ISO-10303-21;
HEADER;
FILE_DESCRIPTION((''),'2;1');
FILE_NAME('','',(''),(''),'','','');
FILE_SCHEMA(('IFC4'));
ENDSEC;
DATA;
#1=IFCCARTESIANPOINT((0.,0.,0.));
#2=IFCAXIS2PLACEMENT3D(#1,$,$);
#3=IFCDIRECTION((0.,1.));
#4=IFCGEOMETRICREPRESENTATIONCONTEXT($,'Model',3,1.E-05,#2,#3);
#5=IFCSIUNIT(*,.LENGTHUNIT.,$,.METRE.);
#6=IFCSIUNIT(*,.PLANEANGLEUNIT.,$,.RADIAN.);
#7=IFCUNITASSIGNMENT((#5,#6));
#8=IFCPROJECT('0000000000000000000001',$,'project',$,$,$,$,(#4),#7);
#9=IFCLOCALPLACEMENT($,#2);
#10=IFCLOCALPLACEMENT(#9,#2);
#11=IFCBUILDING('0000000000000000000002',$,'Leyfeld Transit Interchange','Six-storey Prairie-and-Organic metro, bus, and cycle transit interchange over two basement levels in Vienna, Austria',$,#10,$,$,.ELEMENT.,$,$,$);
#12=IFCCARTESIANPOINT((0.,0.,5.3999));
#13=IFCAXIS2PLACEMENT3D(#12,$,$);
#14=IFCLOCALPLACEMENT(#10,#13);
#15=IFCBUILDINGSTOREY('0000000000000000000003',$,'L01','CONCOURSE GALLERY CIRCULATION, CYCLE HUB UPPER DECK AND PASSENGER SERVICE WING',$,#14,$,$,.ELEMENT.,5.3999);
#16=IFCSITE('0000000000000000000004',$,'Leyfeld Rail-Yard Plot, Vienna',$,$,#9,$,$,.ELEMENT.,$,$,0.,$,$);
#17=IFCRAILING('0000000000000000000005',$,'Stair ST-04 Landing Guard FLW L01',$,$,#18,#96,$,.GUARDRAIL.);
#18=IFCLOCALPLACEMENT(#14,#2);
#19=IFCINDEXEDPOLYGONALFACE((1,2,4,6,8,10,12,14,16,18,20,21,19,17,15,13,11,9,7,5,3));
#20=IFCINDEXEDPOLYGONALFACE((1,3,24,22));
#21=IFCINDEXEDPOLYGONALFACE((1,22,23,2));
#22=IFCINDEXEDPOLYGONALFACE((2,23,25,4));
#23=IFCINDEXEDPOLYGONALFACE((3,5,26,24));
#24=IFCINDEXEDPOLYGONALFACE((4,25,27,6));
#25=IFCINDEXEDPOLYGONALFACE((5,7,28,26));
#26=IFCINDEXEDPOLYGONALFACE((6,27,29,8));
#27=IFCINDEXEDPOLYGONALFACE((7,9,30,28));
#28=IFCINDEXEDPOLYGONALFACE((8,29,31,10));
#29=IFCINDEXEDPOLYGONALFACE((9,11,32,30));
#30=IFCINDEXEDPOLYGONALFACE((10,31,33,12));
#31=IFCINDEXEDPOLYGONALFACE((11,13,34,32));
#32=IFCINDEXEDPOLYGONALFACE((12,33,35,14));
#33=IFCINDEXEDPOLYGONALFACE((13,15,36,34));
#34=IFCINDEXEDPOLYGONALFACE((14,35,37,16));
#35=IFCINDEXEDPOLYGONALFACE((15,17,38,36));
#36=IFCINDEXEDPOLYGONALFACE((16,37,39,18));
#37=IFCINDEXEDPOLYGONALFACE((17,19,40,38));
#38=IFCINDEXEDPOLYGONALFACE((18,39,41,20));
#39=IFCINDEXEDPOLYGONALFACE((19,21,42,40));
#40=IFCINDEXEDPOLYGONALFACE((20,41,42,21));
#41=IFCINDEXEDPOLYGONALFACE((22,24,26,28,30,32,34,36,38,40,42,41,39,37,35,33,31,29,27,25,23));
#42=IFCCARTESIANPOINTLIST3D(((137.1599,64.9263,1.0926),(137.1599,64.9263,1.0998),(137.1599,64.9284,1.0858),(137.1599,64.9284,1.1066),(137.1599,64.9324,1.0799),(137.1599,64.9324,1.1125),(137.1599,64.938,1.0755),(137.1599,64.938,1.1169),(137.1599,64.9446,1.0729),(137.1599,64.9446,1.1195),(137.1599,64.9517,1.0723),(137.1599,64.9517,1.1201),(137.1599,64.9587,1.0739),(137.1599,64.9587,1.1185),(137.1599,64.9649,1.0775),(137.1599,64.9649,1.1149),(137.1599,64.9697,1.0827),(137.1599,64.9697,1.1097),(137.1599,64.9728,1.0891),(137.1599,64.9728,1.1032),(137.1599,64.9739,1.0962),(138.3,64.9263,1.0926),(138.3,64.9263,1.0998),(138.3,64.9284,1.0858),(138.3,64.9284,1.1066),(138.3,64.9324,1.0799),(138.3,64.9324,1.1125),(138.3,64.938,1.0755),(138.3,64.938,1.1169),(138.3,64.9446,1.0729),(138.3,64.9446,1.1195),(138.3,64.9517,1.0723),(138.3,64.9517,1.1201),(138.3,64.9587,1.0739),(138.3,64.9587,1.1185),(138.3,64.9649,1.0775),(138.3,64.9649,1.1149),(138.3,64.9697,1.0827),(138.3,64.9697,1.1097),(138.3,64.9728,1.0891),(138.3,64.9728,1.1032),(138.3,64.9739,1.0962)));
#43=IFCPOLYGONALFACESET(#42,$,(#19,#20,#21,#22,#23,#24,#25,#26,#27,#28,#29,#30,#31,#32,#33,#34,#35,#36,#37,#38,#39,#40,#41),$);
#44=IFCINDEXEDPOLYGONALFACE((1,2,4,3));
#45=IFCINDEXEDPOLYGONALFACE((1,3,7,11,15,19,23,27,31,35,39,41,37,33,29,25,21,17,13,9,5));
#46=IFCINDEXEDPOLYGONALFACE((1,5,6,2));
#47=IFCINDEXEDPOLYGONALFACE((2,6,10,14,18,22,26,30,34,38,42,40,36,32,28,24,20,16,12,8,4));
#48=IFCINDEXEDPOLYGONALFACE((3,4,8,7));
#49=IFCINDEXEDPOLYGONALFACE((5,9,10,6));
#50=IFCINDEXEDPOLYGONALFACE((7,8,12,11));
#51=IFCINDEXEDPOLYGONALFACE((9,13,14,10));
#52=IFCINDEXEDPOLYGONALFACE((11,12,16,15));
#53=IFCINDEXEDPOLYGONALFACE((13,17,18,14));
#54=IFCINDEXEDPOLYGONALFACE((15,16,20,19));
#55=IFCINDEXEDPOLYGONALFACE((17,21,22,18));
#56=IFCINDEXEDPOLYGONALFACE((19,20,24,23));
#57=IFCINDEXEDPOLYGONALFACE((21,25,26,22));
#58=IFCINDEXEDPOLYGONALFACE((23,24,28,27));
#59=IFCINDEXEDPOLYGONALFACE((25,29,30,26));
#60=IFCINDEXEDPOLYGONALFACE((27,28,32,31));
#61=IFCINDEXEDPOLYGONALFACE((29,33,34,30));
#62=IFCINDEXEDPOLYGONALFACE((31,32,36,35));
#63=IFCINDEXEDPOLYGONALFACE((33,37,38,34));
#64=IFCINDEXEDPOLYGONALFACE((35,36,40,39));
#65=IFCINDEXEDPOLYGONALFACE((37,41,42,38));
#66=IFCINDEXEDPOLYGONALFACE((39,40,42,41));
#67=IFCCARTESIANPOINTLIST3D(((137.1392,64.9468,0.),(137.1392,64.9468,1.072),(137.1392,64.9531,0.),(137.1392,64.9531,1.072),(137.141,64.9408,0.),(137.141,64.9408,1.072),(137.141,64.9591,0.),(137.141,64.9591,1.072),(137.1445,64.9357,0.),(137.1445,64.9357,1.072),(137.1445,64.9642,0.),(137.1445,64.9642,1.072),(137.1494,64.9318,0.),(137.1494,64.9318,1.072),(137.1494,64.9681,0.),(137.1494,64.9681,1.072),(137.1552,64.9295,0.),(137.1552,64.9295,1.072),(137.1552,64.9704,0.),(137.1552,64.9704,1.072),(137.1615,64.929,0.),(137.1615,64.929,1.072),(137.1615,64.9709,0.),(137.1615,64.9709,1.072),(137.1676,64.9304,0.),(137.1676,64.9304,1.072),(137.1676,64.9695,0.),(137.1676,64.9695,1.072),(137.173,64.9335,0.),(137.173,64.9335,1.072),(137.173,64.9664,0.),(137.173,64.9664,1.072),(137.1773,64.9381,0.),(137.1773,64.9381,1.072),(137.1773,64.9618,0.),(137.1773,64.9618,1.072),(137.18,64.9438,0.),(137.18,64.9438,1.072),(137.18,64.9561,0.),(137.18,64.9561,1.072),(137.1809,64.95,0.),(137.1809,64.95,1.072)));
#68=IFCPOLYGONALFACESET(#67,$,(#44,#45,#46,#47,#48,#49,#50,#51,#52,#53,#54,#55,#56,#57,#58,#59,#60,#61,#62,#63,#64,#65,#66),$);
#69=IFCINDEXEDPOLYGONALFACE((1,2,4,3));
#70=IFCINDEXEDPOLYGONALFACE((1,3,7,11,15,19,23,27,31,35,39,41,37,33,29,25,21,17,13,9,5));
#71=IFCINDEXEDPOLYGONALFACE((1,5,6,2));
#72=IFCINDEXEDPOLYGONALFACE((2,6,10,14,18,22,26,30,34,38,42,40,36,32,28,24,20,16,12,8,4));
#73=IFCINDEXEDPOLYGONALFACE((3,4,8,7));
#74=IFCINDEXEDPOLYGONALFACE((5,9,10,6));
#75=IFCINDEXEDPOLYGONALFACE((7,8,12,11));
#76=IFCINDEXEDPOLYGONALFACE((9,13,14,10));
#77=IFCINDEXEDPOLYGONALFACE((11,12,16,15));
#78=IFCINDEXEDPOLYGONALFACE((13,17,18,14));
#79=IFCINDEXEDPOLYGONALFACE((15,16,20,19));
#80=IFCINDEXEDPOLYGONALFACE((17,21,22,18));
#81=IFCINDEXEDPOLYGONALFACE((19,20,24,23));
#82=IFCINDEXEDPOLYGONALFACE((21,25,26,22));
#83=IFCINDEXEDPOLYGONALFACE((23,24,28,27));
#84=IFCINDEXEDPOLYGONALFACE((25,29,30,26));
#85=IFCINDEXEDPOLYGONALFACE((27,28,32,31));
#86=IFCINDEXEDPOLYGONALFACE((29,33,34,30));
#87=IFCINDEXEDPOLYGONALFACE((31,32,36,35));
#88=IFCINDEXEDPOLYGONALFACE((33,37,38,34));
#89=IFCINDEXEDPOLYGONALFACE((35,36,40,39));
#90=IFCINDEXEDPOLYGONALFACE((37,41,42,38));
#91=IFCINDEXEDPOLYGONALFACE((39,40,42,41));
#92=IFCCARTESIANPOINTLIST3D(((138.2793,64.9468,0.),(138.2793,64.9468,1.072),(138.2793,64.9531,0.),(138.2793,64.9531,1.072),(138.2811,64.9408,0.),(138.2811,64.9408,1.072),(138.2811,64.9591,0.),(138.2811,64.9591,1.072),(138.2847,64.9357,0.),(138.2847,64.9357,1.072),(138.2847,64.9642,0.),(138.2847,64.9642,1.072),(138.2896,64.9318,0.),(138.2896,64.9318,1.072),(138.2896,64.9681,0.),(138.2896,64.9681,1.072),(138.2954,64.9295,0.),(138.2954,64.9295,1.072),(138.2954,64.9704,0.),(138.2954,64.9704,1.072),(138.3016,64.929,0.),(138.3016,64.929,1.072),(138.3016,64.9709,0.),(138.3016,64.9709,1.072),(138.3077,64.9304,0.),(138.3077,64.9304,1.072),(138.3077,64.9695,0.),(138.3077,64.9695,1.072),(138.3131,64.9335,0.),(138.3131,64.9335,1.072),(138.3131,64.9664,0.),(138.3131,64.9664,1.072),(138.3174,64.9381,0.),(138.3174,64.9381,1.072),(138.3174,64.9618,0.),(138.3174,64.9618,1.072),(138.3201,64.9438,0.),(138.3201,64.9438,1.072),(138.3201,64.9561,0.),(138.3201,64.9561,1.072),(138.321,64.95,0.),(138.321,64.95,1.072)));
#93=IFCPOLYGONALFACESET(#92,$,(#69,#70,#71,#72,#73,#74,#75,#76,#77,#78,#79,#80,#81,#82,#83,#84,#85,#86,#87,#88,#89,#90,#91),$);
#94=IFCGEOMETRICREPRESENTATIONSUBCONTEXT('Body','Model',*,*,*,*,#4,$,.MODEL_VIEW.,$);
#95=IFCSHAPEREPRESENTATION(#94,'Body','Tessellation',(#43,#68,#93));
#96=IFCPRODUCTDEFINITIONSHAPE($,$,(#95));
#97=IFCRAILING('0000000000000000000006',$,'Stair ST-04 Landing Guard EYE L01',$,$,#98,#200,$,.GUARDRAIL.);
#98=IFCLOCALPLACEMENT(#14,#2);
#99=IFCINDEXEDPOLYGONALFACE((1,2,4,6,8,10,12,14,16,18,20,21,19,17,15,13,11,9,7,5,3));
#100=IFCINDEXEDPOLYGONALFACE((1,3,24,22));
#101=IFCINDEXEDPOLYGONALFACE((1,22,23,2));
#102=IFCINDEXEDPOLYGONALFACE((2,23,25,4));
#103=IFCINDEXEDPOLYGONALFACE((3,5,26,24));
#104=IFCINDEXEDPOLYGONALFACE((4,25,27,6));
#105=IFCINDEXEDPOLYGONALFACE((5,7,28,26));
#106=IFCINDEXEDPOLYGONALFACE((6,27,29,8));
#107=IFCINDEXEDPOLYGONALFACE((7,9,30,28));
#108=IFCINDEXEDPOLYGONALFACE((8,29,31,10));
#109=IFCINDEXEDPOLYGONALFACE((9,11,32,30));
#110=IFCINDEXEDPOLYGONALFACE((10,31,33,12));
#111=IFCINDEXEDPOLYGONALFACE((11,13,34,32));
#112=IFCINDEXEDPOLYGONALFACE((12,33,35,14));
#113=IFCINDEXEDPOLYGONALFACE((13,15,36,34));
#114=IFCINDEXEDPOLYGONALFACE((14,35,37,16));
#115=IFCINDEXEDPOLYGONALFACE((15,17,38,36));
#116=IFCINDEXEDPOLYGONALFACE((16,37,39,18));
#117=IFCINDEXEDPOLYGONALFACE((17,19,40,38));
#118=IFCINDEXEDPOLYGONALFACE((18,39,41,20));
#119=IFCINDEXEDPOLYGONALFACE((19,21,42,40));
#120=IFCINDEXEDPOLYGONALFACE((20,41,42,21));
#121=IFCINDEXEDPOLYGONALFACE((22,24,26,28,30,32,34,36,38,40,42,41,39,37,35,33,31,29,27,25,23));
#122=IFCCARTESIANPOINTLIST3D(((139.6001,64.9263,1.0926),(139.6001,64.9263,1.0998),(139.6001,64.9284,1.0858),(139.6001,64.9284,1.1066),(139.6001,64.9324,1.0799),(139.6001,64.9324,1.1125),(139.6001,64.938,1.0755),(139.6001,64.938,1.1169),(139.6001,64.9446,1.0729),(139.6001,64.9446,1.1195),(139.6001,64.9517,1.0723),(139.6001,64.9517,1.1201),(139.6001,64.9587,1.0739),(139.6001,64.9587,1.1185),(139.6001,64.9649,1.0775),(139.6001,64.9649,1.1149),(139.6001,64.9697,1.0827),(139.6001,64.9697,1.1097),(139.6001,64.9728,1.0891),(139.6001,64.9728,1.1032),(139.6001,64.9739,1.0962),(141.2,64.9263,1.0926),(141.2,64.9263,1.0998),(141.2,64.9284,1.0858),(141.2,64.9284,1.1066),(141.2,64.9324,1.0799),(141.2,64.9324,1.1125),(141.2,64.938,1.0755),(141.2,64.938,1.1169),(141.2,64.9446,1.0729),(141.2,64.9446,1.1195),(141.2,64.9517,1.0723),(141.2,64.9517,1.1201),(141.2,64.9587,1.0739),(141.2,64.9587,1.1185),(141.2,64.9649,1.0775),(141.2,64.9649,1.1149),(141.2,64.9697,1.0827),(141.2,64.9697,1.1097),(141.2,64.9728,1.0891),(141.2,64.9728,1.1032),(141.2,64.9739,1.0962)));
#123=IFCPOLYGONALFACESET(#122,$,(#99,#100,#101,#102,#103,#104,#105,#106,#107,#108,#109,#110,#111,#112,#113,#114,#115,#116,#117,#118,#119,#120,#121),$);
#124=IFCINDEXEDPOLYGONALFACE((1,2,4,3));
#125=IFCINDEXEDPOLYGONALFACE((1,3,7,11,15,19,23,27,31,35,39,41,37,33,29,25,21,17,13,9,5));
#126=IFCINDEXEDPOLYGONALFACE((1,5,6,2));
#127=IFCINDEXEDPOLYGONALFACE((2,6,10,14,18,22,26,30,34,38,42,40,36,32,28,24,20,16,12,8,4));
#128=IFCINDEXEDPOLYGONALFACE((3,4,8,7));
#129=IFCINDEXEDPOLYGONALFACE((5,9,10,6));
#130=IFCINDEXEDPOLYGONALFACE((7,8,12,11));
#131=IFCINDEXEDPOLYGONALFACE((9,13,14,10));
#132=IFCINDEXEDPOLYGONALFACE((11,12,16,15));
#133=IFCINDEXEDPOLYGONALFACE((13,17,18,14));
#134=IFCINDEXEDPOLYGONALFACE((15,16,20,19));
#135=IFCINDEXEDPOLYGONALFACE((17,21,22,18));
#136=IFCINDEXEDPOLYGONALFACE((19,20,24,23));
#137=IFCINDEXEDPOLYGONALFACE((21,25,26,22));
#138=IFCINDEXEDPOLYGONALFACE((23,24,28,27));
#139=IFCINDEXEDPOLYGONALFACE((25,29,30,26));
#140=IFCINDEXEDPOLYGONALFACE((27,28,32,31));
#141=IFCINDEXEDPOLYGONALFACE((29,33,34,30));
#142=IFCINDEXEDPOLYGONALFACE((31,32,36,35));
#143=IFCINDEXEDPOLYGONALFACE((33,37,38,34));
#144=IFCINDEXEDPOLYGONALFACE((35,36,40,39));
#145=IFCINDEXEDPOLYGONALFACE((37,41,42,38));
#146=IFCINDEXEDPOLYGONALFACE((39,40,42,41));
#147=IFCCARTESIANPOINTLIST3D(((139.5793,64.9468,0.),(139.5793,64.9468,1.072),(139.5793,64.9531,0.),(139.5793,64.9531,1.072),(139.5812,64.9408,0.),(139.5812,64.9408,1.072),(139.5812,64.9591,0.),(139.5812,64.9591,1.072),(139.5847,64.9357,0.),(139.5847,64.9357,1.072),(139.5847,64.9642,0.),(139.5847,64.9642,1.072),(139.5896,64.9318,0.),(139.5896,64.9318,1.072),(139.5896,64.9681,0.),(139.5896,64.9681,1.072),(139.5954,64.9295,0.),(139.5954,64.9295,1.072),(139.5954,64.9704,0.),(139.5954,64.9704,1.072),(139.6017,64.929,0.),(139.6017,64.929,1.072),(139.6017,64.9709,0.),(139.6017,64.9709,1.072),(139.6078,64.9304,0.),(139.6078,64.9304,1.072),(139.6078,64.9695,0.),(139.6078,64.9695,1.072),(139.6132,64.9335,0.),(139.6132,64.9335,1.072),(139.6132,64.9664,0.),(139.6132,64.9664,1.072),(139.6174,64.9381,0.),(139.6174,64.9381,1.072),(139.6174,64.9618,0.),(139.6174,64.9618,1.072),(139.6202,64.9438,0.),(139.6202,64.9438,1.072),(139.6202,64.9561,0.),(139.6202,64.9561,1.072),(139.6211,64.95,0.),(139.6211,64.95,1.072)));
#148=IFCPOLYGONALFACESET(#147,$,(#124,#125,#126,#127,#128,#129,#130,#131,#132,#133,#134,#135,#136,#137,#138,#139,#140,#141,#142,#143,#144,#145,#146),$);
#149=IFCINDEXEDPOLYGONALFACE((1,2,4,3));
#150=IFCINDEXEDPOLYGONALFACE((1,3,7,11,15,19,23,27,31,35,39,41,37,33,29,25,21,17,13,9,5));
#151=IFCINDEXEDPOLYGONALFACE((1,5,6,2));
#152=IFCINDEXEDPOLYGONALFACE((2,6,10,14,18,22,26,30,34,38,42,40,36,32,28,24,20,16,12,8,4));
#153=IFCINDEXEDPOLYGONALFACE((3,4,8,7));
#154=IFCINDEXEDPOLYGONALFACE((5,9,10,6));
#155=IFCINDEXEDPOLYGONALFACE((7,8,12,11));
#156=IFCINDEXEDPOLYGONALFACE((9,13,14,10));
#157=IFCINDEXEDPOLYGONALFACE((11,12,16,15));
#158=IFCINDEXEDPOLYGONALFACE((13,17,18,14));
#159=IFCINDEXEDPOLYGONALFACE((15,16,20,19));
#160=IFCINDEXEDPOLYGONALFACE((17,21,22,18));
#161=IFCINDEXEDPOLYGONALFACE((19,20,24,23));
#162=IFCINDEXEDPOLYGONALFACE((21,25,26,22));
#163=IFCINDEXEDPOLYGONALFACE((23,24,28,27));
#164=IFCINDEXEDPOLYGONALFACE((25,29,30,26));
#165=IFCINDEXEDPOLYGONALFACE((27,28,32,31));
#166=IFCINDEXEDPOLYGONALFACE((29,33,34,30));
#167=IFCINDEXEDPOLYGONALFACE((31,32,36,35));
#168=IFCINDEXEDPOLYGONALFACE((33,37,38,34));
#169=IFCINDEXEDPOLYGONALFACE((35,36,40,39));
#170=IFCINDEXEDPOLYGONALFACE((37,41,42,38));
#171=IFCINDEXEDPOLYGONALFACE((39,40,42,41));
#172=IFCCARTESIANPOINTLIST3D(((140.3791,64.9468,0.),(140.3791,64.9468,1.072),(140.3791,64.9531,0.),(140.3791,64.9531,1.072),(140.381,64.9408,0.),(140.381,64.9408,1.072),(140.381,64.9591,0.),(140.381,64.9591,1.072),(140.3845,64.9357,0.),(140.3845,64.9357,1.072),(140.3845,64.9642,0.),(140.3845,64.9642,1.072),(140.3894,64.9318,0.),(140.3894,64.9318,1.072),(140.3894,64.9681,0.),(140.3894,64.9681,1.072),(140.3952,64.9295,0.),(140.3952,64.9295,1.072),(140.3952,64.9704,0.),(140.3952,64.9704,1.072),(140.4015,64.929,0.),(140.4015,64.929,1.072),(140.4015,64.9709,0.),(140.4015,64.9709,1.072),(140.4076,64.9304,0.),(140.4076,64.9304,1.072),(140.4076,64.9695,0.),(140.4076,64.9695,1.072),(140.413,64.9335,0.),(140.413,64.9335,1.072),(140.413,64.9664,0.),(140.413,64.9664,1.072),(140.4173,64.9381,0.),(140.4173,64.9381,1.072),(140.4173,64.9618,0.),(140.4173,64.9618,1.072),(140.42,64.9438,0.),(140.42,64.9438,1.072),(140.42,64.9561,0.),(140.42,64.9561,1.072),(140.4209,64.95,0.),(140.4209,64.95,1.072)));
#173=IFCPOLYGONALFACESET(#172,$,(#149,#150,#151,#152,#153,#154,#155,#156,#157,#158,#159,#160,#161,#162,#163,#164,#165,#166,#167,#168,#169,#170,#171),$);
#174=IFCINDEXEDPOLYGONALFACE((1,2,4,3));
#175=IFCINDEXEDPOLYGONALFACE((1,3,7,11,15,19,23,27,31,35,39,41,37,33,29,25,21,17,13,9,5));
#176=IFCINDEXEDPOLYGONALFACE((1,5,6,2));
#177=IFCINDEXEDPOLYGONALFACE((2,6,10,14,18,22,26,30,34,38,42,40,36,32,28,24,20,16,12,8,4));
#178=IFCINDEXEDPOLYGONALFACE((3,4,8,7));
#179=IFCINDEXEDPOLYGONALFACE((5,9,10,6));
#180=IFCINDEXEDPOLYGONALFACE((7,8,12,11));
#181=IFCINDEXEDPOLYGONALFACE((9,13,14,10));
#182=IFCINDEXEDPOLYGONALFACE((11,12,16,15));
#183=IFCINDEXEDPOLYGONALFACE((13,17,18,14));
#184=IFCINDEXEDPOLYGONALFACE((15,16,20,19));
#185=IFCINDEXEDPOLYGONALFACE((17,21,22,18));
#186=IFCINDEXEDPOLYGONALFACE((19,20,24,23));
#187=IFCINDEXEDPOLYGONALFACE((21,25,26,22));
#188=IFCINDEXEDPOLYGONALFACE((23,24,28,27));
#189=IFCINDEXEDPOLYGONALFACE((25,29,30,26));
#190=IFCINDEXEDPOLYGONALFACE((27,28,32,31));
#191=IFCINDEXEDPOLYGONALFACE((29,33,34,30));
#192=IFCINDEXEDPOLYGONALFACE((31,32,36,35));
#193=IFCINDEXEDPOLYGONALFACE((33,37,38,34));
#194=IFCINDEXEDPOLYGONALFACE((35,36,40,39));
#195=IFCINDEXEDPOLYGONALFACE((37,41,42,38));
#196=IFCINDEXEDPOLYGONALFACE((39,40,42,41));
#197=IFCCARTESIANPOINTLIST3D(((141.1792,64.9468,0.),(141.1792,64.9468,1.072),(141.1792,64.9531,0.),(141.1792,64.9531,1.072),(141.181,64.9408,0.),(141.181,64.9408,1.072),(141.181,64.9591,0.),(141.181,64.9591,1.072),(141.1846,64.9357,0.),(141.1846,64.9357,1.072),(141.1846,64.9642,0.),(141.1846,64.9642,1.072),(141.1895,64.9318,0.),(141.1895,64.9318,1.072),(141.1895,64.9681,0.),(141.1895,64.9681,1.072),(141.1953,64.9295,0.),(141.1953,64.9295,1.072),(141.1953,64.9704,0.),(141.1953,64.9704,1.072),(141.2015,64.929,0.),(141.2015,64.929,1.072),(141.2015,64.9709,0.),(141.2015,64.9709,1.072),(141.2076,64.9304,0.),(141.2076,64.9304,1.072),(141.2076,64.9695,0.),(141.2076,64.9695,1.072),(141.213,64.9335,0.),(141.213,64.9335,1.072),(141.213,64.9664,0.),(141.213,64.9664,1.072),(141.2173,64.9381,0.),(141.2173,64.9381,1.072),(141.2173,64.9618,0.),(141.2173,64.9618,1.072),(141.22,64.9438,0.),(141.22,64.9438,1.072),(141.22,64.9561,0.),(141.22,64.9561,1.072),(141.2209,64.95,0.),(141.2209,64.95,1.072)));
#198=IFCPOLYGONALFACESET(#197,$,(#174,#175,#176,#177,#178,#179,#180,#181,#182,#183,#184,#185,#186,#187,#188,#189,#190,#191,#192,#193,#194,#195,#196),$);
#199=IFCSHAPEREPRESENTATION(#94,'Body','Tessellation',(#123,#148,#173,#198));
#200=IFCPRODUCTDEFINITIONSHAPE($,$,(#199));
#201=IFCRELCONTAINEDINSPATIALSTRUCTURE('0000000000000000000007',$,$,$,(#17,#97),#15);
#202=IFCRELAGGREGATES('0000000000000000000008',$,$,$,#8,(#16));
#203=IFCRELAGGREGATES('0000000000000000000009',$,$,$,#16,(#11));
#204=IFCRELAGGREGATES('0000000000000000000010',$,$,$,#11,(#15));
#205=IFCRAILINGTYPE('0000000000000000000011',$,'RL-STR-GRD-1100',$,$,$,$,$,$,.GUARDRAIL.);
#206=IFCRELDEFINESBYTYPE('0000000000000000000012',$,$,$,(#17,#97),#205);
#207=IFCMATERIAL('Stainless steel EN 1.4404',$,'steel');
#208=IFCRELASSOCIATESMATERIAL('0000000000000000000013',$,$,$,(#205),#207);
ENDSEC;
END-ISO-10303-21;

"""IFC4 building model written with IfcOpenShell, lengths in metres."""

from ifc_helpers import new_model, si_unit, direction, frame, origin, origin_2d, place, context, subcontext, project, spatial, circle, extrude, material, type_object, element, save


model = new_model("IFC4")

# Units and contexts
model_context = context("Model", 3, precision=1e-05, world=origin(), true_north=direction((0.0, 1.0)))
body_context = subcontext(model_context, "Body", "Model", "MODEL_VIEW")
ifc_project = project(units=[si_unit("LENGTHUNIT", "METRE"), si_unit("PLANEANGLEUNIT", "RADIAN")], contexts=[model_context])

# Site, building, storey
site_placement = place(None, origin())
site = spatial("IfcSite", under=ifc_project, at=site_placement, Name="Leyfeld Rail-Yard Plot, Vienna", CompositionType="ELEMENT", RefElevation=0.0)
building_placement = place(site_placement, origin())
building = spatial("IfcBuilding", under=site, at=building_placement, Name="Leyfeld Transit Interchange", Description="Six-storey Prairie-and-Organic metro, bus, and cycle transit interchange over two basement levels in Vienna, Austria", CompositionType="ELEMENT")
storey_placement = place(building_placement, frame((0.0, 0.0, 5.3999)))
storey = spatial("IfcBuildingStorey", under=building, at=storey_placement, Name="L01", Description="CONCOURSE GALLERY CIRCULATION, CYCLE HUB UPPER DECK AND PASSENGER SERVICE WING", CompositionType="ELEMENT", Elevation=5.3999)

# Railings
ifc_material_1 = material(Name="Stainless steel EN 1.4404", Category="steel")
railing_type_1 = type_object("IfcRailingType", Name="RL-STR-GRD-1100", PredefinedType="GUARDRAIL", material=ifc_material_1)
railing_1_placement = place(storey_placement, frame((137.1599, 64.95, 0.0)))
element("IfcRailing", 1, at=railing_1_placement, inside=storey, type_object=railing_type_1, Name="Stair ST-04 Landing Guard FLW L01", PredefinedType="GUARDRAIL", context=body_context, shape_type="SweptSolid", body=[
    extrude(circle(Radius=0.0239, at=origin_2d()), frame((0.0, 0.0, 1.0962), z_axis=(1.0, 0.0, 0.0), x_axis=(0.0, 1.0, 0.0)), (0.0, 0.0, 1.0), 1.1401),
    extrude(circle(Radius=0.021, at=origin_2d()), origin(), (0.0, 0.0, 1.0), 1.072),
    extrude(circle(Radius=0.021, at=origin_2d()), frame((1.1401, 0.0, 0.0)), (0.0, 0.0, 1.0), 1.072),
])
railing_2_placement = place(storey_placement, frame((139.6001, 64.95, 0.0)))
element("IfcRailing", 2, at=railing_2_placement, inside=storey, type_object=railing_type_1, Name="Stair ST-04 Landing Guard EYE L01", PredefinedType="GUARDRAIL", context=body_context, shape_type="SweptSolid", body=[
    extrude(circle(Radius=0.0239, at=origin_2d()), frame((0.0, 0.0, 1.0962), z_axis=(1.0, 0.0, 0.0), x_axis=(0.0, 1.0, 0.0)), (0.0, 0.0, 1.0), 1.5999),
    extrude(circle(Radius=0.021, at=origin_2d()), origin(), (0.0, 0.0, 1.0), 1.072),
    extrude(circle(Radius=0.021, at=origin_2d()), frame((0.7998, 0.0, 0.0)), (0.0, 0.0, 1.0), 1.072),
    extrude(circle(Radius=0.021, at=origin_2d()), frame((1.5999, 0.0, 0.0)), (0.0, 0.0, 1.0), 1.072),
])

save(model, "model.ifc")
